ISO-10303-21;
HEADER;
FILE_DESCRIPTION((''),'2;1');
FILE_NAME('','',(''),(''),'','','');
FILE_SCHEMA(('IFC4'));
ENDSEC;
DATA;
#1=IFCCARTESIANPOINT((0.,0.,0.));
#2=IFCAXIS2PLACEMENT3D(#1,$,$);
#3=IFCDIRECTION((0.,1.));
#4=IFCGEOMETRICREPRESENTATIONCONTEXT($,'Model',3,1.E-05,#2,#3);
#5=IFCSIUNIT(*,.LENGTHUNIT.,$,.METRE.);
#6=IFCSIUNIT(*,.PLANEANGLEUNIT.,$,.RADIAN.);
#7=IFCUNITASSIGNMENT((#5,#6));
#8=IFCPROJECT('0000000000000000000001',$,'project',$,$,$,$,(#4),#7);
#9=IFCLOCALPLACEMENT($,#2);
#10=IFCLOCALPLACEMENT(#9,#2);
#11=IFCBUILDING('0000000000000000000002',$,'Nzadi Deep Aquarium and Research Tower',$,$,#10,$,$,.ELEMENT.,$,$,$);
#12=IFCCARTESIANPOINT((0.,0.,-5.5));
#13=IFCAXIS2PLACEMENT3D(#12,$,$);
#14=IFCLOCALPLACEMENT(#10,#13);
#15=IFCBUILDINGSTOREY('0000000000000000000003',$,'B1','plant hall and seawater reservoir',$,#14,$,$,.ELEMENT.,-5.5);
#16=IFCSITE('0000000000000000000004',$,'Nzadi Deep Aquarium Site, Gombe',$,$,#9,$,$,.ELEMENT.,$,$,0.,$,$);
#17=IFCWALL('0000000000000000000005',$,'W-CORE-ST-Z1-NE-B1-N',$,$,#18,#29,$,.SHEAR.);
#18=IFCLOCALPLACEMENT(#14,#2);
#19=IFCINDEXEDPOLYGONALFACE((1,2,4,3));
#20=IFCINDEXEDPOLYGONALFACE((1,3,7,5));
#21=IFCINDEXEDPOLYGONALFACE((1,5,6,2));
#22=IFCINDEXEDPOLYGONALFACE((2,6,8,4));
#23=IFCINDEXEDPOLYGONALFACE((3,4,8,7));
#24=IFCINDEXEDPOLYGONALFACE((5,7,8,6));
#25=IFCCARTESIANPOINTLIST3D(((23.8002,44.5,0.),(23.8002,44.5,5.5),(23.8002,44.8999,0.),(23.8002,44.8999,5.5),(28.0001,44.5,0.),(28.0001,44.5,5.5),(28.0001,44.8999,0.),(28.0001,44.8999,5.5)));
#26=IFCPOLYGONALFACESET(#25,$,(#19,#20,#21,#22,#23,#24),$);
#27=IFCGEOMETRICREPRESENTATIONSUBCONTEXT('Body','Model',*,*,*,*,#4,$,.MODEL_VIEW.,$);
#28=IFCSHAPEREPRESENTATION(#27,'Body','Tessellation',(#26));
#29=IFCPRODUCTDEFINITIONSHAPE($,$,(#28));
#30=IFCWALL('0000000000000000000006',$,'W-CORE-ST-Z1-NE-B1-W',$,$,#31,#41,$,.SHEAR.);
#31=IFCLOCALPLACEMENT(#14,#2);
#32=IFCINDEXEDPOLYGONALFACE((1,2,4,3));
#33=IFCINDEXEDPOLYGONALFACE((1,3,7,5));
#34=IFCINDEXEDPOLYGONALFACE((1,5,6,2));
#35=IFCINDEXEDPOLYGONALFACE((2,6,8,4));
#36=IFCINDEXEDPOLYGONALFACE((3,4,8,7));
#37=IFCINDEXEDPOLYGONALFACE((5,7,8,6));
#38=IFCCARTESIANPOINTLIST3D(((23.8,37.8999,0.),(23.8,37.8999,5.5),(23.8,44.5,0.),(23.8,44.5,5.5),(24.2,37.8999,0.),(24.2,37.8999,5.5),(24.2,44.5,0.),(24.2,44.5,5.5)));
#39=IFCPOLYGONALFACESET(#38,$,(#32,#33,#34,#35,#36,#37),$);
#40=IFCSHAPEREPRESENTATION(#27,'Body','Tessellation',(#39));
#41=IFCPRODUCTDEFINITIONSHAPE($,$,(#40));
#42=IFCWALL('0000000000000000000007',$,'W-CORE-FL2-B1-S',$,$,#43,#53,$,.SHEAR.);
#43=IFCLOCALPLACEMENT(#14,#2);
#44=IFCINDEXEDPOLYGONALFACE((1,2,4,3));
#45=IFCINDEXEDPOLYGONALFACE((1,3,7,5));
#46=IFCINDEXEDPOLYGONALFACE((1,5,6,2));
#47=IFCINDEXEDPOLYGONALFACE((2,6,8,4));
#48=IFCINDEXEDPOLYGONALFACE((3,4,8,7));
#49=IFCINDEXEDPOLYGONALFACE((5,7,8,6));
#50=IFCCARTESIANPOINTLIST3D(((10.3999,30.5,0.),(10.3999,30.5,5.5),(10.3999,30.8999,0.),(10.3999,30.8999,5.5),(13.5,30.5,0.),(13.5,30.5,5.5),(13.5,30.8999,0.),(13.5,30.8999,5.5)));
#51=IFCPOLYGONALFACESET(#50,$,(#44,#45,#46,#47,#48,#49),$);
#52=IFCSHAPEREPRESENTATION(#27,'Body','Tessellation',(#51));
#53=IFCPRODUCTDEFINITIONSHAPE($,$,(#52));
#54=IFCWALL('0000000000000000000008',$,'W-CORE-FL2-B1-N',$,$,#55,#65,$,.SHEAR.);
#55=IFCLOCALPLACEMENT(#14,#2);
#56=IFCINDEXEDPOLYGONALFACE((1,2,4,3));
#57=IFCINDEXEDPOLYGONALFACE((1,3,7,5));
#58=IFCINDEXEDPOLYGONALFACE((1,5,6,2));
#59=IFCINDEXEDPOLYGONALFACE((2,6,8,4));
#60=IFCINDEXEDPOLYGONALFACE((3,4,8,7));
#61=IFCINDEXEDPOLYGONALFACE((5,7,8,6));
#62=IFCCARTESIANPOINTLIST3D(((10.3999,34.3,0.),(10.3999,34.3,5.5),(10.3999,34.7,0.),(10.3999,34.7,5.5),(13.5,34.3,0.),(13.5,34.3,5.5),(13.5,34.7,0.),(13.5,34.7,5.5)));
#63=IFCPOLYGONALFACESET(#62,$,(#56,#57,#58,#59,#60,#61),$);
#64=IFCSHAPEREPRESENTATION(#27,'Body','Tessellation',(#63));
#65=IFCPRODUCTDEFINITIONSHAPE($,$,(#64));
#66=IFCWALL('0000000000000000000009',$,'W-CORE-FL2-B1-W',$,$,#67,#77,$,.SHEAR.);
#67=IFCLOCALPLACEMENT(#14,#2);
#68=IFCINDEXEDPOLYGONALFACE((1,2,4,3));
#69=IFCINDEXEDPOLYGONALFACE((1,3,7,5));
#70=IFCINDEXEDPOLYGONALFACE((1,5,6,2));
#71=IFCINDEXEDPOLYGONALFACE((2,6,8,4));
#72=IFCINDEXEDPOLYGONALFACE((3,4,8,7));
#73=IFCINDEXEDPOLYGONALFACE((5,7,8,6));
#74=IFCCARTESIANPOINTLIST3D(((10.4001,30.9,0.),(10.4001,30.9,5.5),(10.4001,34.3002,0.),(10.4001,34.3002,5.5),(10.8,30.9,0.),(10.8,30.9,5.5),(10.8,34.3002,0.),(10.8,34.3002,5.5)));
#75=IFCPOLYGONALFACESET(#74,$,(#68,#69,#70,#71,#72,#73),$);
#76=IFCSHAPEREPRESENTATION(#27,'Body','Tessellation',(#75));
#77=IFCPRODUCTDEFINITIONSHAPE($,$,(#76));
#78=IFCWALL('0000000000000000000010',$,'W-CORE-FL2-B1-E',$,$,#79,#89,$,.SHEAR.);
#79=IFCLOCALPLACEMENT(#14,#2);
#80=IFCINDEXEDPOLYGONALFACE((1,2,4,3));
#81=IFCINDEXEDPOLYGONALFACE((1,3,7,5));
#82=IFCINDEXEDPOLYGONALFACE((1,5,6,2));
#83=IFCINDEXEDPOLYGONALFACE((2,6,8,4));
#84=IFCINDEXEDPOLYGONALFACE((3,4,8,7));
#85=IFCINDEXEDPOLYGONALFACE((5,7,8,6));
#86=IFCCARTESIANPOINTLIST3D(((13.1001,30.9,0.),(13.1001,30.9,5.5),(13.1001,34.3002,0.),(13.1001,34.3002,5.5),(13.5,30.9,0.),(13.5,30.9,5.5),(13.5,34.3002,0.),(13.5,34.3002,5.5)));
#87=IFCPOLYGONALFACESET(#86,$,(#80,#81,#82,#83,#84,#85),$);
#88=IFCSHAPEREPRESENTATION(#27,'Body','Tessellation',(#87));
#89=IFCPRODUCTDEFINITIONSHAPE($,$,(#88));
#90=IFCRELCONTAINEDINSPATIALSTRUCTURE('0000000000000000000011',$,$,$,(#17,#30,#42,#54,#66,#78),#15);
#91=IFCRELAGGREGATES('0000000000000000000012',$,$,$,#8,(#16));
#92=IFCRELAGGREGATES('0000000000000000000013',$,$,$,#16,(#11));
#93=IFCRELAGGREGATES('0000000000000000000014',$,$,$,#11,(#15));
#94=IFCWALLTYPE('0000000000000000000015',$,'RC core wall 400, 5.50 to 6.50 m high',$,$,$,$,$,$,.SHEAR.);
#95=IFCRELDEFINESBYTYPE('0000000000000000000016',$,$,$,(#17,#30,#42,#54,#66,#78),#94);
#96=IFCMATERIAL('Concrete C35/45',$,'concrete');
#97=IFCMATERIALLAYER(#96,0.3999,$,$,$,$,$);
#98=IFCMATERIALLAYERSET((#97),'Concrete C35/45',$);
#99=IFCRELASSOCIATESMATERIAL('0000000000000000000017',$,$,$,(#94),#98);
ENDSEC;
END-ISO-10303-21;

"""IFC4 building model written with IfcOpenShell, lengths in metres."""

from ifc_helpers import new_model, si_unit, direction, frame, frame_2d, origin, place, context, subcontext, project, spatial, rectangle, extrude, material, layer, layer_set, type_object, element, save


model = new_model("IFC4")

# Units and contexts
model_context = context("Model", 3, precision=1e-05, world=origin(), true_north=direction((0.0, 1.0)))
body_context = subcontext(model_context, "Body", "Model", "MODEL_VIEW")
ifc_project = project(units=[si_unit("LENGTHUNIT", "METRE"), si_unit("PLANEANGLEUNIT", "RADIAN")], contexts=[model_context])

# Site, building, storey
site_placement = place(None, origin())
site = spatial("IfcSite", under=ifc_project, at=site_placement, Name="Nzadi Deep Aquarium Site, Gombe", CompositionType="ELEMENT", RefElevation=0.0)
building_placement = place(site_placement, origin())
building = spatial("IfcBuilding", under=site, at=building_placement, Name="Nzadi Deep Aquarium and Research Tower", CompositionType="ELEMENT")
storey_placement = place(building_placement, frame((0.0, 0.0, -5.5)))
storey = spatial("IfcBuildingStorey", under=building, at=storey_placement, Name="B1", Description="plant hall and seawater reservoir", CompositionType="ELEMENT", Elevation=-5.5)

# Shared definitions
ifc_material_1 = material(Name="Concrete C35/45", Category="concrete")
ifc_layer_1 = layer(ifc_material_1, 0.3999)
ifc_layer_set_1 = layer_set([ifc_layer_1], Name="Concrete C35/45")
wall_type_1 = type_object("IfcWallType", Name="RC core wall 400, 5.50 to 6.50 m high", PredefinedType="SHEAR", material=ifc_layer_set_1)

# Walls
wall_1_placement = place(storey_placement, frame((23.8, 44.7, 0.0), z_axis=(0.0, 0.0, 1.0), x_axis=(1.0, 0.0, 0.0)))
element("IfcWall", 1, at=wall_1_placement, inside=storey, type_object=wall_type_1, Name="W-CORE-ST-Z1-NE-B1-N", PredefinedType="SHEAR", context=body_context, shape_type="SweptSolid", body=[
    extrude(rectangle(XDim=4.2, YDim=0.3999, at=frame_2d((2.1001, 0.0))), origin(), (0.0, 0.0, 1.0), 5.5),
])
wall_2_placement = place(storey_placement, frame((24.0, 37.8999, 0.0), z_axis=(0.0, 0.0, 1.0), x_axis=(0.0, 1.0, 0.0)))
element("IfcWall", 2, at=wall_2_placement, inside=storey, type_object=wall_type_1, Name="W-CORE-ST-Z1-NE-B1-W", PredefinedType="SHEAR", context=body_context, shape_type="SweptSolid", body=[
    extrude(rectangle(XDim=6.6001, YDim=0.3999, at=frame_2d((3.3, 0.0))), origin(), (0.0, 0.0, 1.0), 5.5),
])
for number, where, z_axis, x_axis, name in (
    (3, (10.3999, 30.7, 0.0), (0.0, 0.0, 1.0), (1.0, 0.0, 0.0), "W-CORE-FL2-B1-S"),
    (4, (10.3999, 34.5, 0.0), (0.0, 0.0, 1.0), (1.0, 0.0, 0.0), "W-CORE-FL2-B1-N"),
):
    element("IfcWall", number, at=place(storey_placement, frame(where, z_axis=z_axis, x_axis=x_axis)), inside=storey, type_object=wall_type_1, Name=name, PredefinedType="SHEAR", context=body_context, shape_type="SweptSolid", body=[
        extrude(rectangle(XDim=3.1001, YDim=0.3999, at=frame_2d((1.55, 0.0))), origin(), (0.0, 0.0, 1.0), 5.5),
    ])
for number, where, z_axis, x_axis, name in (
    (5, (10.6001, 30.8999, 0.0), (0.0, 0.0, 1.0), (0.0, 1.0, 0.0), "W-CORE-FL2-B1-W"),
    (6, (13.3, 30.8999, 0.0), (0.0, 0.0, 1.0), (0.0, 1.0, 0.0), "W-CORE-FL2-B1-E"),
):
    element("IfcWall", number, at=place(storey_placement, frame(where, z_axis=z_axis, x_axis=x_axis)), inside=storey, type_object=wall_type_1, Name=name, PredefinedType="SHEAR", context=body_context, shape_type="SweptSolid", body=[
        extrude(rectangle(XDim=3.4001, YDim=0.3999, at=frame_2d((1.7002, 0.0))), origin(), (0.0, 0.0, 1.0), 5.5),
    ])

save(model, "model.ifc")
